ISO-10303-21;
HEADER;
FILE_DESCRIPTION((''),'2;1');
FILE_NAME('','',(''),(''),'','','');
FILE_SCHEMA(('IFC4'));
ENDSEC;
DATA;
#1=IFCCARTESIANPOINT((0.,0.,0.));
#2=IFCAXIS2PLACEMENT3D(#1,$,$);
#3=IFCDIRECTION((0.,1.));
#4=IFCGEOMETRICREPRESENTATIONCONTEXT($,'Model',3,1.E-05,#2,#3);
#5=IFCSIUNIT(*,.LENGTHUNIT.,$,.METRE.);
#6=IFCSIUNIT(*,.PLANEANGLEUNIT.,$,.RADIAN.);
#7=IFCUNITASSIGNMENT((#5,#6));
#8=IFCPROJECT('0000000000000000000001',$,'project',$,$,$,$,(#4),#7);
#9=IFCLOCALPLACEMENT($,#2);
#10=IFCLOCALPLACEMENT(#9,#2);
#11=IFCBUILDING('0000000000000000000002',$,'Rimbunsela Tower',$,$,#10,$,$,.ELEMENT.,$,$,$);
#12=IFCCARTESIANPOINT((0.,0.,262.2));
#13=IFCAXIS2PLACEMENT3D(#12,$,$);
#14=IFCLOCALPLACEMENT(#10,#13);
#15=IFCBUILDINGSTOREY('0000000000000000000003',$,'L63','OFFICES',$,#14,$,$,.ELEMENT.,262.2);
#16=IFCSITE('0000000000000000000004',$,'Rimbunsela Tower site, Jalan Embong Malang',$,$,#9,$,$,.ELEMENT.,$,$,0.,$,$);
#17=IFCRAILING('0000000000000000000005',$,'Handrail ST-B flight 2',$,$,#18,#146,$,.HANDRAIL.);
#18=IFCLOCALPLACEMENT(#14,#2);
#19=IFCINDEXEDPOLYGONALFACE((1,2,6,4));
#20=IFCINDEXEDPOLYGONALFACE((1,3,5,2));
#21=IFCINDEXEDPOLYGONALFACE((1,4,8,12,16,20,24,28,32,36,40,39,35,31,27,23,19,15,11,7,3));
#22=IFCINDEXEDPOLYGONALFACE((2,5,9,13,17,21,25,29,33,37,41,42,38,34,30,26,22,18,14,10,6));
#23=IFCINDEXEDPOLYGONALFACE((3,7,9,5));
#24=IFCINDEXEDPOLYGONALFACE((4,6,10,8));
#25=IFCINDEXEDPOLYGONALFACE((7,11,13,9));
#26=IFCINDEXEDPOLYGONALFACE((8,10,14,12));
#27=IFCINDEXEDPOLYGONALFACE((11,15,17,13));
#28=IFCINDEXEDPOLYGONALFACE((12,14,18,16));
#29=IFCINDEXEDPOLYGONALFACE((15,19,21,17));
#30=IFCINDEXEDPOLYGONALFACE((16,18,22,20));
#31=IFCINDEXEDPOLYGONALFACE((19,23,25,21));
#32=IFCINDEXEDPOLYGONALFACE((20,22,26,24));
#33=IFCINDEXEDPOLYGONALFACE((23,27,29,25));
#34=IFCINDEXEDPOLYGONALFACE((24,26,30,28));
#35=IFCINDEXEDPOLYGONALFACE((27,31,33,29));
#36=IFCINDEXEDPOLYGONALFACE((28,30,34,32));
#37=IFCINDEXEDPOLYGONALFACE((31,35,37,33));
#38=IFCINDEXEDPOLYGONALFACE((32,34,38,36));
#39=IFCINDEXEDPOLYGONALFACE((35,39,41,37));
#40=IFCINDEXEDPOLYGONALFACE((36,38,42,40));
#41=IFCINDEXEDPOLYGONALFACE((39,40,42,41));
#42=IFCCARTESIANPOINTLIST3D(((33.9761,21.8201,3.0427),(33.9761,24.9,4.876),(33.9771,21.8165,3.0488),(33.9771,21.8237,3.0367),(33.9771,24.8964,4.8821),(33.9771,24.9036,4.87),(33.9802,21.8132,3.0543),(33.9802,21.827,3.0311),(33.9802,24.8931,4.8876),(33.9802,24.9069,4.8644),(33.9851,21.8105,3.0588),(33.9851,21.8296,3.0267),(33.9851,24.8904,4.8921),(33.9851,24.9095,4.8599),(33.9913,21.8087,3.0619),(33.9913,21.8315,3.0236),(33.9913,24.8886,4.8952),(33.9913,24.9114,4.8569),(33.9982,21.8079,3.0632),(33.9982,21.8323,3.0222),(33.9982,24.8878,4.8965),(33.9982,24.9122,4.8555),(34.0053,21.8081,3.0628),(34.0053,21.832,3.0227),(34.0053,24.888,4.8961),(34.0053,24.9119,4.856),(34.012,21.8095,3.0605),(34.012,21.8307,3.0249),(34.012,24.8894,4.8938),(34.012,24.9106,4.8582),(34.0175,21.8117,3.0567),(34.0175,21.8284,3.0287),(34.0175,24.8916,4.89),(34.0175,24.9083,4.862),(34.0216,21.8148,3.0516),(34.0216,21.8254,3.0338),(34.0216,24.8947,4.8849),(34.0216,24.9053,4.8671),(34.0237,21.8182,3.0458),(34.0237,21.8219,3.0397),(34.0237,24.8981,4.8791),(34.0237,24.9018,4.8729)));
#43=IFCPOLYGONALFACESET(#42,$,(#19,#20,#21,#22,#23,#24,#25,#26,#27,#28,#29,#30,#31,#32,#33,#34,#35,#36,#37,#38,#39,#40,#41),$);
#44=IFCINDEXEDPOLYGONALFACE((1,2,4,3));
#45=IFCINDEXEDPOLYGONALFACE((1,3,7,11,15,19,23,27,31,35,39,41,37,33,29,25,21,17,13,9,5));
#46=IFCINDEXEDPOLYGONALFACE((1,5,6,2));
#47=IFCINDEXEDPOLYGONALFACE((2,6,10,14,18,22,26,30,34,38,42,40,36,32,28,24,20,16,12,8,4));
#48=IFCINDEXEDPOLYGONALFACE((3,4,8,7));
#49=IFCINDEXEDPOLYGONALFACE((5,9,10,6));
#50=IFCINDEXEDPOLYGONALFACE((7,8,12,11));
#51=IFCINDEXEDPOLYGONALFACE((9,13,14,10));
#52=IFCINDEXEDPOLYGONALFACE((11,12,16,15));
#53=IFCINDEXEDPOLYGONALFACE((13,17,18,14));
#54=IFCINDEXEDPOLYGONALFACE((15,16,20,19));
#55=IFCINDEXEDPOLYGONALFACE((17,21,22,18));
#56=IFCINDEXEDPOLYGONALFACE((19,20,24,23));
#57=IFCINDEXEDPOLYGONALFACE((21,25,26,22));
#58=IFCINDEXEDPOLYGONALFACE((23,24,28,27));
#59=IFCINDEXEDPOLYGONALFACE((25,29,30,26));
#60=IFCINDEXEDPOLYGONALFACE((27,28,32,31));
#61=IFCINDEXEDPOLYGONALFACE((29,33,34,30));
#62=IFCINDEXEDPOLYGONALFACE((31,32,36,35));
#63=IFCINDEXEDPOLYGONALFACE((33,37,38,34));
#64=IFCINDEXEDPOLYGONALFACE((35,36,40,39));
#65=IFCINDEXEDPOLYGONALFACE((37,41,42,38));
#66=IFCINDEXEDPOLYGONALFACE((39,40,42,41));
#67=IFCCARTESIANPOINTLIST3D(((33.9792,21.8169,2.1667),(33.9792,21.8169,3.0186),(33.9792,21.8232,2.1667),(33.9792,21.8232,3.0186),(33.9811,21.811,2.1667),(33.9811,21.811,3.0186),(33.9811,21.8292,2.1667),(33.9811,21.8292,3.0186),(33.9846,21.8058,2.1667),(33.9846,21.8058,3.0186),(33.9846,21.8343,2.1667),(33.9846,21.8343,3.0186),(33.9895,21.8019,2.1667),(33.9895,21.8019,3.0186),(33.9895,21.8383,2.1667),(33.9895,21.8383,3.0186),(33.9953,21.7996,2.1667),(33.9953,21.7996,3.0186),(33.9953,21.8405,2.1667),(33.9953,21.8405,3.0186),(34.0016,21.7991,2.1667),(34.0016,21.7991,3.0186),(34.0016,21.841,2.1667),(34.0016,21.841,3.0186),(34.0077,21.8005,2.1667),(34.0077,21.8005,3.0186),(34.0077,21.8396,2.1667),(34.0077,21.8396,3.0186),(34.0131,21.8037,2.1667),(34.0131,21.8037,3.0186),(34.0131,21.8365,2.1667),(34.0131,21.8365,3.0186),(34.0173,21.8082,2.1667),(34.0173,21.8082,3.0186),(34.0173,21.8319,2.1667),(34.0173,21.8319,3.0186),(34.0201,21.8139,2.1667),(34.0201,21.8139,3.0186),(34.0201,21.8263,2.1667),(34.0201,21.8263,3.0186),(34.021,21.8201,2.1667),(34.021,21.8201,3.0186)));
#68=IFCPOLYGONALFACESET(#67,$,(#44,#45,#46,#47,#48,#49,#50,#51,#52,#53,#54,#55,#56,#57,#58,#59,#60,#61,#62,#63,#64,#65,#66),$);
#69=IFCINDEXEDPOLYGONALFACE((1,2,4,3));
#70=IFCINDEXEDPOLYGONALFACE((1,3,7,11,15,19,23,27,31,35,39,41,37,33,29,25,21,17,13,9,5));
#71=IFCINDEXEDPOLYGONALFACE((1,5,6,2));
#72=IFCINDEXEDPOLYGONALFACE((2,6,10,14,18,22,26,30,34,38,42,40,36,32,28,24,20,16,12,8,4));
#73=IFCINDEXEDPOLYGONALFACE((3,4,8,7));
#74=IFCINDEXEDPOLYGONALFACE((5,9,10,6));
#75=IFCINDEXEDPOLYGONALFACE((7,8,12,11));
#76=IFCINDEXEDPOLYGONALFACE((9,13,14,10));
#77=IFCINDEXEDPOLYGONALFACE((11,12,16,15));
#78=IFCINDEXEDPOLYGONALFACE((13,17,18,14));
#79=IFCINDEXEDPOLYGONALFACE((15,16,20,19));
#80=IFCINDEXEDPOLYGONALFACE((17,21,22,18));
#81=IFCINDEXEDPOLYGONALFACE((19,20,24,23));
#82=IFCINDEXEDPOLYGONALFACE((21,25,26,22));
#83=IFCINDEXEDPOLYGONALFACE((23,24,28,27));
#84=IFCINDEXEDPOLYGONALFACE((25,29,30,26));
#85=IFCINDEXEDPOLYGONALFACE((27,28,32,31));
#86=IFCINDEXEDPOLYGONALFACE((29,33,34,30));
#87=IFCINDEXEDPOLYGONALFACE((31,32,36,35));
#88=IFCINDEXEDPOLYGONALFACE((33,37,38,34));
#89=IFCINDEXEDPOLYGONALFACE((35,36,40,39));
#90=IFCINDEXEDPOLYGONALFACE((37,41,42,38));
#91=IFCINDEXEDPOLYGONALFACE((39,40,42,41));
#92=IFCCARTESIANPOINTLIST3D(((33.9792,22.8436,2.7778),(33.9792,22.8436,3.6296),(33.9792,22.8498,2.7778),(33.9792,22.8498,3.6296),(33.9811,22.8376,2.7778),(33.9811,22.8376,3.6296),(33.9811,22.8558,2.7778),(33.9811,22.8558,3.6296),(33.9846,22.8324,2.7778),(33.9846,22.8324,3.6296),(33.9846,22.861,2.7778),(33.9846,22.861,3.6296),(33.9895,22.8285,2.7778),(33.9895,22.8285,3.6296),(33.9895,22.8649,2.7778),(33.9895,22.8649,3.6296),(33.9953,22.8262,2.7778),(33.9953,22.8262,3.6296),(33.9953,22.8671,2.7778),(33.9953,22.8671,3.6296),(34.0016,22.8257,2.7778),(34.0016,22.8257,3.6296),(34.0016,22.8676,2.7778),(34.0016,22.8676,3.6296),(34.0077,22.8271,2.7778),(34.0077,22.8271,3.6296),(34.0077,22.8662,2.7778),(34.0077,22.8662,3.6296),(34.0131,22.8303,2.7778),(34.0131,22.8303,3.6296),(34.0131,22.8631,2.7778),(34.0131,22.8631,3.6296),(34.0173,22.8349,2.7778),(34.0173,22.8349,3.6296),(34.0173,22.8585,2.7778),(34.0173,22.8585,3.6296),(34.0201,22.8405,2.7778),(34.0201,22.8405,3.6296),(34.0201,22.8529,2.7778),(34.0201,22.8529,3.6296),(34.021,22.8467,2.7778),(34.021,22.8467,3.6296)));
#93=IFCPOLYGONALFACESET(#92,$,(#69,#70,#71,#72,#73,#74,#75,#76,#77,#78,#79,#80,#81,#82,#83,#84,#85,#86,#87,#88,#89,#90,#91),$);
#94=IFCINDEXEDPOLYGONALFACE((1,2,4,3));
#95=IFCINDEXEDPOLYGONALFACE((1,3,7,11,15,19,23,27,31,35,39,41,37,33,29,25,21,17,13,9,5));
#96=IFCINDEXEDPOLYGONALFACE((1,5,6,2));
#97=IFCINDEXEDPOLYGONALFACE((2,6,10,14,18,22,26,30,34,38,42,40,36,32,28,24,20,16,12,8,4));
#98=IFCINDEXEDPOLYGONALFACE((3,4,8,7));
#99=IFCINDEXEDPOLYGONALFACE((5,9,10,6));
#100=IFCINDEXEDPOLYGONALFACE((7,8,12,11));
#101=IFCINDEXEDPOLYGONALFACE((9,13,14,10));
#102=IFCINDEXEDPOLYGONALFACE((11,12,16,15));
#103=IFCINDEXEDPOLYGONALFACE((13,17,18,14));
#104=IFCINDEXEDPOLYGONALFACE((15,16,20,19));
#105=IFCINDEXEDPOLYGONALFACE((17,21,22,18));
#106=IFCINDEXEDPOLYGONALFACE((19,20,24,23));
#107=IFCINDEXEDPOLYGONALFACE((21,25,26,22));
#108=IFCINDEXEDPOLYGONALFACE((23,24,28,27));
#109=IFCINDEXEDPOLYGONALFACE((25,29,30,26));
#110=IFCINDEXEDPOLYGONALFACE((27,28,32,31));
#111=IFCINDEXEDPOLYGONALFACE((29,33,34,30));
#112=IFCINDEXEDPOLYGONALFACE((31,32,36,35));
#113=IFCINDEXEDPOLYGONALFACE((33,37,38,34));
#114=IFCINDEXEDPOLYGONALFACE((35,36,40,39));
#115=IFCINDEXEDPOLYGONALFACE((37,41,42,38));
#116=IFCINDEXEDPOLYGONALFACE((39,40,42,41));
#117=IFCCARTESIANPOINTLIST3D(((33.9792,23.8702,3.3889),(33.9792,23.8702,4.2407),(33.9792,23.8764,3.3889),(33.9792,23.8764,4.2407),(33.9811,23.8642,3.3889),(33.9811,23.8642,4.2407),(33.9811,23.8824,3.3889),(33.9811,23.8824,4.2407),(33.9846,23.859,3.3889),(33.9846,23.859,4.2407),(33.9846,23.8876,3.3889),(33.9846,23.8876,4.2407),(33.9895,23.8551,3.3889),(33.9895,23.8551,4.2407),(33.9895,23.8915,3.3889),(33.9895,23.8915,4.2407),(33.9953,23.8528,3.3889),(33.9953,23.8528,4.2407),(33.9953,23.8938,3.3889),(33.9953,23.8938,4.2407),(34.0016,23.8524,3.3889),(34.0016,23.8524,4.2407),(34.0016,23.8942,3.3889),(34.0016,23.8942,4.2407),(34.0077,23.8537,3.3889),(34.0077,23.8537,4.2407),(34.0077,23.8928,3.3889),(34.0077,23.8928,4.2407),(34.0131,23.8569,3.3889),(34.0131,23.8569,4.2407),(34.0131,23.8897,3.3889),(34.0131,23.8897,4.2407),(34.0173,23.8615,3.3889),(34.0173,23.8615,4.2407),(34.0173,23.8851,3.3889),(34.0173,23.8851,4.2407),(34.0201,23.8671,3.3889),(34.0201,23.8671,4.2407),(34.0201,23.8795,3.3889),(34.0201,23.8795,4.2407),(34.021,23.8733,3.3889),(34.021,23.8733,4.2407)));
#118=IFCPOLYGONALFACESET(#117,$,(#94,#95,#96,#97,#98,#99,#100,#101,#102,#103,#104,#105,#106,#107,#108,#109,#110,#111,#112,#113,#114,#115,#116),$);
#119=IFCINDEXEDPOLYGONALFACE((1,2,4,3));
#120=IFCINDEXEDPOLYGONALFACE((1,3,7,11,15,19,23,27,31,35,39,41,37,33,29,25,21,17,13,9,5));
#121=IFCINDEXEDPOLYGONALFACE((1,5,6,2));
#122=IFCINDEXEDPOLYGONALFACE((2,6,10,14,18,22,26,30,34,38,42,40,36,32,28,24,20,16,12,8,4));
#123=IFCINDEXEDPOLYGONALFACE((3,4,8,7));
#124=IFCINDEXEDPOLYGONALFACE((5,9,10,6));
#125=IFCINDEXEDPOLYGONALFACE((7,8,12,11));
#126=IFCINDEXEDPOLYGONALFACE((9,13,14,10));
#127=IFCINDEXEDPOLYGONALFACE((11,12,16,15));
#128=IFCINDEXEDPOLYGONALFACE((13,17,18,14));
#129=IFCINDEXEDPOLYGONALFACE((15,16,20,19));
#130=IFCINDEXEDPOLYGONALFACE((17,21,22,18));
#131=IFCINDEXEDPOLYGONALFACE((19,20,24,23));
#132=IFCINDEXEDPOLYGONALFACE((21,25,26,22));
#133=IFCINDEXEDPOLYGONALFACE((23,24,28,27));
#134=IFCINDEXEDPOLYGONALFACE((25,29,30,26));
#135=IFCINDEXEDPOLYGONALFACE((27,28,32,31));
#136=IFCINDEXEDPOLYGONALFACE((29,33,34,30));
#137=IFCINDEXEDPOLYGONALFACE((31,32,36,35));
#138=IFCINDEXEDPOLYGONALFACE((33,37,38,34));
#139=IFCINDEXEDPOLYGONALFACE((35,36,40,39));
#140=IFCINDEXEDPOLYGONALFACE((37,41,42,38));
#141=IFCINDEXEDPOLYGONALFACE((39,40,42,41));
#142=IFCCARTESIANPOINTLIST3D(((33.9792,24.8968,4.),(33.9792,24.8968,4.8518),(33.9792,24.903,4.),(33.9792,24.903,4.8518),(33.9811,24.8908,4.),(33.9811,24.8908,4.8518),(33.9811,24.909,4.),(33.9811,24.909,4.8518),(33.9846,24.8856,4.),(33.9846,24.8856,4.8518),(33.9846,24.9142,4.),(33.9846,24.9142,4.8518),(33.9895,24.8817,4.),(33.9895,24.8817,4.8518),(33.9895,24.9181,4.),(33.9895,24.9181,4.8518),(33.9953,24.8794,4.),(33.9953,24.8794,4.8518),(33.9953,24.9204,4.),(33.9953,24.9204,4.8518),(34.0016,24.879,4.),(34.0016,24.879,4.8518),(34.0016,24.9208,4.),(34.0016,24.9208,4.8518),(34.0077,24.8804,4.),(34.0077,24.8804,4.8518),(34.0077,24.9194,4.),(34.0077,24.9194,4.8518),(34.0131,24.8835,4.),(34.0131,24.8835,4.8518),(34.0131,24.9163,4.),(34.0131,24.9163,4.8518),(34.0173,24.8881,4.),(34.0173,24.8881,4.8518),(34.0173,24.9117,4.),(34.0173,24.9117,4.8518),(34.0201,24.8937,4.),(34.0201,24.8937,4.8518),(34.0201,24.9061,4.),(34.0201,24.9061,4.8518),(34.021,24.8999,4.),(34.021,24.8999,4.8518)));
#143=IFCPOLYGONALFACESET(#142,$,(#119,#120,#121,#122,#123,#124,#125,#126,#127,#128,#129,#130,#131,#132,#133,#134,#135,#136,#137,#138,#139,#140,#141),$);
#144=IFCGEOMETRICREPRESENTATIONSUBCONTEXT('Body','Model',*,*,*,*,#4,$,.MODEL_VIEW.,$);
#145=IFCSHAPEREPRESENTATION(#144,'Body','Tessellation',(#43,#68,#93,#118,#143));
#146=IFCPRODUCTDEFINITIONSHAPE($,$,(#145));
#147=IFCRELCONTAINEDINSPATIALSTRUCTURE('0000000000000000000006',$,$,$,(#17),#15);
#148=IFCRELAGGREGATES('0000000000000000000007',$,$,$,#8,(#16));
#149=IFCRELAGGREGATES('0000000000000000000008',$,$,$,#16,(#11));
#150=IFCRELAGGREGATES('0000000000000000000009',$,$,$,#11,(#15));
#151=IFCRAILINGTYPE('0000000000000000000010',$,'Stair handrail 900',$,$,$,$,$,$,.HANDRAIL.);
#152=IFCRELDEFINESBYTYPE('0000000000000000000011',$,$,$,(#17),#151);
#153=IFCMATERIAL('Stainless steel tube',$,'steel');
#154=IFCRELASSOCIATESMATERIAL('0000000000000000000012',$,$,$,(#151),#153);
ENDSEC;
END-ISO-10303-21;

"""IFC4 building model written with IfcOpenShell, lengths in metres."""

from ifc_helpers import new_model, si_unit, direction, frame, origin, origin_2d, place, context, subcontext, project, spatial, circle, extrude, material, type_object, element, save


model = new_model("IFC4")

# Units and contexts
model_context = context("Model", 3, precision=1e-05, world=origin(), true_north=direction((0.0, 1.0)))
body_context = subcontext(model_context, "Body", "Model", "MODEL_VIEW")
ifc_project = project(units=[si_unit("LENGTHUNIT", "METRE"), si_unit("PLANEANGLEUNIT", "RADIAN")], contexts=[model_context])

# Site, building, storey
site_placement = place(None, origin())
site = spatial("IfcSite", under=ifc_project, at=site_placement, Name="Rimbunsela Tower site, Jalan Embong Malang", CompositionType="ELEMENT", RefElevation=0.0)
building_placement = place(site_placement, origin())
building = spatial("IfcBuilding", under=site, at=building_placement, Name="Rimbunsela Tower", CompositionType="ELEMENT")
storey_placement = place(building_placement, frame((0.0, 0.0, 262.2)))
storey = spatial("IfcBuildingStorey", under=building, at=storey_placement, Name="L63", Description="OFFICES", CompositionType="ELEMENT", Elevation=262.2)

# Railing
ifc_material_1 = material(Name="Stainless steel tube", Category="steel")
railing_type = type_object("IfcRailingType", Name="Stair handrail 900", PredefinedType="HANDRAIL", material=ifc_material_1)
for number, where, name in (
    (1, (34.0, 21.8201, 2.1667), "Handrail ST-B flight 2"),
):
    element("IfcRailing", number, at=place(storey_placement, frame(where)), inside=storey, type_object=railing_type, Name=name, PredefinedType="HANDRAIL", context=body_context, shape_type="SweptSolid", body=[
        extrude(circle(Radius=0.0239, at=origin_2d()), frame((0.0, 0.0, 0.876), z_axis=(0.0, 0.859291, 0.511487), x_axis=(-1.0, 0.0, 0.0)), (0.0, 0.0, 1.0), 3.5842),
        extrude(circle(Radius=0.021, at=origin_2d()), origin(), (0.0, 0.0, 1.0), 0.8518),
        extrude(circle(Radius=0.021, at=origin_2d()), frame((0.0, 1.0266, 0.6111)), (0.0, 0.0, 1.0), 0.8518),
        extrude(circle(Radius=0.021, at=origin_2d()), frame((0.0, 2.0532, 1.2222)), (0.0, 0.0, 1.0), 0.8518),
        extrude(circle(Radius=0.021, at=origin_2d()), frame((0.0, 3.0798, 1.8333)), (0.0, 0.0, 1.0), 0.8518),
    ])

save(model, "model.ifc")
